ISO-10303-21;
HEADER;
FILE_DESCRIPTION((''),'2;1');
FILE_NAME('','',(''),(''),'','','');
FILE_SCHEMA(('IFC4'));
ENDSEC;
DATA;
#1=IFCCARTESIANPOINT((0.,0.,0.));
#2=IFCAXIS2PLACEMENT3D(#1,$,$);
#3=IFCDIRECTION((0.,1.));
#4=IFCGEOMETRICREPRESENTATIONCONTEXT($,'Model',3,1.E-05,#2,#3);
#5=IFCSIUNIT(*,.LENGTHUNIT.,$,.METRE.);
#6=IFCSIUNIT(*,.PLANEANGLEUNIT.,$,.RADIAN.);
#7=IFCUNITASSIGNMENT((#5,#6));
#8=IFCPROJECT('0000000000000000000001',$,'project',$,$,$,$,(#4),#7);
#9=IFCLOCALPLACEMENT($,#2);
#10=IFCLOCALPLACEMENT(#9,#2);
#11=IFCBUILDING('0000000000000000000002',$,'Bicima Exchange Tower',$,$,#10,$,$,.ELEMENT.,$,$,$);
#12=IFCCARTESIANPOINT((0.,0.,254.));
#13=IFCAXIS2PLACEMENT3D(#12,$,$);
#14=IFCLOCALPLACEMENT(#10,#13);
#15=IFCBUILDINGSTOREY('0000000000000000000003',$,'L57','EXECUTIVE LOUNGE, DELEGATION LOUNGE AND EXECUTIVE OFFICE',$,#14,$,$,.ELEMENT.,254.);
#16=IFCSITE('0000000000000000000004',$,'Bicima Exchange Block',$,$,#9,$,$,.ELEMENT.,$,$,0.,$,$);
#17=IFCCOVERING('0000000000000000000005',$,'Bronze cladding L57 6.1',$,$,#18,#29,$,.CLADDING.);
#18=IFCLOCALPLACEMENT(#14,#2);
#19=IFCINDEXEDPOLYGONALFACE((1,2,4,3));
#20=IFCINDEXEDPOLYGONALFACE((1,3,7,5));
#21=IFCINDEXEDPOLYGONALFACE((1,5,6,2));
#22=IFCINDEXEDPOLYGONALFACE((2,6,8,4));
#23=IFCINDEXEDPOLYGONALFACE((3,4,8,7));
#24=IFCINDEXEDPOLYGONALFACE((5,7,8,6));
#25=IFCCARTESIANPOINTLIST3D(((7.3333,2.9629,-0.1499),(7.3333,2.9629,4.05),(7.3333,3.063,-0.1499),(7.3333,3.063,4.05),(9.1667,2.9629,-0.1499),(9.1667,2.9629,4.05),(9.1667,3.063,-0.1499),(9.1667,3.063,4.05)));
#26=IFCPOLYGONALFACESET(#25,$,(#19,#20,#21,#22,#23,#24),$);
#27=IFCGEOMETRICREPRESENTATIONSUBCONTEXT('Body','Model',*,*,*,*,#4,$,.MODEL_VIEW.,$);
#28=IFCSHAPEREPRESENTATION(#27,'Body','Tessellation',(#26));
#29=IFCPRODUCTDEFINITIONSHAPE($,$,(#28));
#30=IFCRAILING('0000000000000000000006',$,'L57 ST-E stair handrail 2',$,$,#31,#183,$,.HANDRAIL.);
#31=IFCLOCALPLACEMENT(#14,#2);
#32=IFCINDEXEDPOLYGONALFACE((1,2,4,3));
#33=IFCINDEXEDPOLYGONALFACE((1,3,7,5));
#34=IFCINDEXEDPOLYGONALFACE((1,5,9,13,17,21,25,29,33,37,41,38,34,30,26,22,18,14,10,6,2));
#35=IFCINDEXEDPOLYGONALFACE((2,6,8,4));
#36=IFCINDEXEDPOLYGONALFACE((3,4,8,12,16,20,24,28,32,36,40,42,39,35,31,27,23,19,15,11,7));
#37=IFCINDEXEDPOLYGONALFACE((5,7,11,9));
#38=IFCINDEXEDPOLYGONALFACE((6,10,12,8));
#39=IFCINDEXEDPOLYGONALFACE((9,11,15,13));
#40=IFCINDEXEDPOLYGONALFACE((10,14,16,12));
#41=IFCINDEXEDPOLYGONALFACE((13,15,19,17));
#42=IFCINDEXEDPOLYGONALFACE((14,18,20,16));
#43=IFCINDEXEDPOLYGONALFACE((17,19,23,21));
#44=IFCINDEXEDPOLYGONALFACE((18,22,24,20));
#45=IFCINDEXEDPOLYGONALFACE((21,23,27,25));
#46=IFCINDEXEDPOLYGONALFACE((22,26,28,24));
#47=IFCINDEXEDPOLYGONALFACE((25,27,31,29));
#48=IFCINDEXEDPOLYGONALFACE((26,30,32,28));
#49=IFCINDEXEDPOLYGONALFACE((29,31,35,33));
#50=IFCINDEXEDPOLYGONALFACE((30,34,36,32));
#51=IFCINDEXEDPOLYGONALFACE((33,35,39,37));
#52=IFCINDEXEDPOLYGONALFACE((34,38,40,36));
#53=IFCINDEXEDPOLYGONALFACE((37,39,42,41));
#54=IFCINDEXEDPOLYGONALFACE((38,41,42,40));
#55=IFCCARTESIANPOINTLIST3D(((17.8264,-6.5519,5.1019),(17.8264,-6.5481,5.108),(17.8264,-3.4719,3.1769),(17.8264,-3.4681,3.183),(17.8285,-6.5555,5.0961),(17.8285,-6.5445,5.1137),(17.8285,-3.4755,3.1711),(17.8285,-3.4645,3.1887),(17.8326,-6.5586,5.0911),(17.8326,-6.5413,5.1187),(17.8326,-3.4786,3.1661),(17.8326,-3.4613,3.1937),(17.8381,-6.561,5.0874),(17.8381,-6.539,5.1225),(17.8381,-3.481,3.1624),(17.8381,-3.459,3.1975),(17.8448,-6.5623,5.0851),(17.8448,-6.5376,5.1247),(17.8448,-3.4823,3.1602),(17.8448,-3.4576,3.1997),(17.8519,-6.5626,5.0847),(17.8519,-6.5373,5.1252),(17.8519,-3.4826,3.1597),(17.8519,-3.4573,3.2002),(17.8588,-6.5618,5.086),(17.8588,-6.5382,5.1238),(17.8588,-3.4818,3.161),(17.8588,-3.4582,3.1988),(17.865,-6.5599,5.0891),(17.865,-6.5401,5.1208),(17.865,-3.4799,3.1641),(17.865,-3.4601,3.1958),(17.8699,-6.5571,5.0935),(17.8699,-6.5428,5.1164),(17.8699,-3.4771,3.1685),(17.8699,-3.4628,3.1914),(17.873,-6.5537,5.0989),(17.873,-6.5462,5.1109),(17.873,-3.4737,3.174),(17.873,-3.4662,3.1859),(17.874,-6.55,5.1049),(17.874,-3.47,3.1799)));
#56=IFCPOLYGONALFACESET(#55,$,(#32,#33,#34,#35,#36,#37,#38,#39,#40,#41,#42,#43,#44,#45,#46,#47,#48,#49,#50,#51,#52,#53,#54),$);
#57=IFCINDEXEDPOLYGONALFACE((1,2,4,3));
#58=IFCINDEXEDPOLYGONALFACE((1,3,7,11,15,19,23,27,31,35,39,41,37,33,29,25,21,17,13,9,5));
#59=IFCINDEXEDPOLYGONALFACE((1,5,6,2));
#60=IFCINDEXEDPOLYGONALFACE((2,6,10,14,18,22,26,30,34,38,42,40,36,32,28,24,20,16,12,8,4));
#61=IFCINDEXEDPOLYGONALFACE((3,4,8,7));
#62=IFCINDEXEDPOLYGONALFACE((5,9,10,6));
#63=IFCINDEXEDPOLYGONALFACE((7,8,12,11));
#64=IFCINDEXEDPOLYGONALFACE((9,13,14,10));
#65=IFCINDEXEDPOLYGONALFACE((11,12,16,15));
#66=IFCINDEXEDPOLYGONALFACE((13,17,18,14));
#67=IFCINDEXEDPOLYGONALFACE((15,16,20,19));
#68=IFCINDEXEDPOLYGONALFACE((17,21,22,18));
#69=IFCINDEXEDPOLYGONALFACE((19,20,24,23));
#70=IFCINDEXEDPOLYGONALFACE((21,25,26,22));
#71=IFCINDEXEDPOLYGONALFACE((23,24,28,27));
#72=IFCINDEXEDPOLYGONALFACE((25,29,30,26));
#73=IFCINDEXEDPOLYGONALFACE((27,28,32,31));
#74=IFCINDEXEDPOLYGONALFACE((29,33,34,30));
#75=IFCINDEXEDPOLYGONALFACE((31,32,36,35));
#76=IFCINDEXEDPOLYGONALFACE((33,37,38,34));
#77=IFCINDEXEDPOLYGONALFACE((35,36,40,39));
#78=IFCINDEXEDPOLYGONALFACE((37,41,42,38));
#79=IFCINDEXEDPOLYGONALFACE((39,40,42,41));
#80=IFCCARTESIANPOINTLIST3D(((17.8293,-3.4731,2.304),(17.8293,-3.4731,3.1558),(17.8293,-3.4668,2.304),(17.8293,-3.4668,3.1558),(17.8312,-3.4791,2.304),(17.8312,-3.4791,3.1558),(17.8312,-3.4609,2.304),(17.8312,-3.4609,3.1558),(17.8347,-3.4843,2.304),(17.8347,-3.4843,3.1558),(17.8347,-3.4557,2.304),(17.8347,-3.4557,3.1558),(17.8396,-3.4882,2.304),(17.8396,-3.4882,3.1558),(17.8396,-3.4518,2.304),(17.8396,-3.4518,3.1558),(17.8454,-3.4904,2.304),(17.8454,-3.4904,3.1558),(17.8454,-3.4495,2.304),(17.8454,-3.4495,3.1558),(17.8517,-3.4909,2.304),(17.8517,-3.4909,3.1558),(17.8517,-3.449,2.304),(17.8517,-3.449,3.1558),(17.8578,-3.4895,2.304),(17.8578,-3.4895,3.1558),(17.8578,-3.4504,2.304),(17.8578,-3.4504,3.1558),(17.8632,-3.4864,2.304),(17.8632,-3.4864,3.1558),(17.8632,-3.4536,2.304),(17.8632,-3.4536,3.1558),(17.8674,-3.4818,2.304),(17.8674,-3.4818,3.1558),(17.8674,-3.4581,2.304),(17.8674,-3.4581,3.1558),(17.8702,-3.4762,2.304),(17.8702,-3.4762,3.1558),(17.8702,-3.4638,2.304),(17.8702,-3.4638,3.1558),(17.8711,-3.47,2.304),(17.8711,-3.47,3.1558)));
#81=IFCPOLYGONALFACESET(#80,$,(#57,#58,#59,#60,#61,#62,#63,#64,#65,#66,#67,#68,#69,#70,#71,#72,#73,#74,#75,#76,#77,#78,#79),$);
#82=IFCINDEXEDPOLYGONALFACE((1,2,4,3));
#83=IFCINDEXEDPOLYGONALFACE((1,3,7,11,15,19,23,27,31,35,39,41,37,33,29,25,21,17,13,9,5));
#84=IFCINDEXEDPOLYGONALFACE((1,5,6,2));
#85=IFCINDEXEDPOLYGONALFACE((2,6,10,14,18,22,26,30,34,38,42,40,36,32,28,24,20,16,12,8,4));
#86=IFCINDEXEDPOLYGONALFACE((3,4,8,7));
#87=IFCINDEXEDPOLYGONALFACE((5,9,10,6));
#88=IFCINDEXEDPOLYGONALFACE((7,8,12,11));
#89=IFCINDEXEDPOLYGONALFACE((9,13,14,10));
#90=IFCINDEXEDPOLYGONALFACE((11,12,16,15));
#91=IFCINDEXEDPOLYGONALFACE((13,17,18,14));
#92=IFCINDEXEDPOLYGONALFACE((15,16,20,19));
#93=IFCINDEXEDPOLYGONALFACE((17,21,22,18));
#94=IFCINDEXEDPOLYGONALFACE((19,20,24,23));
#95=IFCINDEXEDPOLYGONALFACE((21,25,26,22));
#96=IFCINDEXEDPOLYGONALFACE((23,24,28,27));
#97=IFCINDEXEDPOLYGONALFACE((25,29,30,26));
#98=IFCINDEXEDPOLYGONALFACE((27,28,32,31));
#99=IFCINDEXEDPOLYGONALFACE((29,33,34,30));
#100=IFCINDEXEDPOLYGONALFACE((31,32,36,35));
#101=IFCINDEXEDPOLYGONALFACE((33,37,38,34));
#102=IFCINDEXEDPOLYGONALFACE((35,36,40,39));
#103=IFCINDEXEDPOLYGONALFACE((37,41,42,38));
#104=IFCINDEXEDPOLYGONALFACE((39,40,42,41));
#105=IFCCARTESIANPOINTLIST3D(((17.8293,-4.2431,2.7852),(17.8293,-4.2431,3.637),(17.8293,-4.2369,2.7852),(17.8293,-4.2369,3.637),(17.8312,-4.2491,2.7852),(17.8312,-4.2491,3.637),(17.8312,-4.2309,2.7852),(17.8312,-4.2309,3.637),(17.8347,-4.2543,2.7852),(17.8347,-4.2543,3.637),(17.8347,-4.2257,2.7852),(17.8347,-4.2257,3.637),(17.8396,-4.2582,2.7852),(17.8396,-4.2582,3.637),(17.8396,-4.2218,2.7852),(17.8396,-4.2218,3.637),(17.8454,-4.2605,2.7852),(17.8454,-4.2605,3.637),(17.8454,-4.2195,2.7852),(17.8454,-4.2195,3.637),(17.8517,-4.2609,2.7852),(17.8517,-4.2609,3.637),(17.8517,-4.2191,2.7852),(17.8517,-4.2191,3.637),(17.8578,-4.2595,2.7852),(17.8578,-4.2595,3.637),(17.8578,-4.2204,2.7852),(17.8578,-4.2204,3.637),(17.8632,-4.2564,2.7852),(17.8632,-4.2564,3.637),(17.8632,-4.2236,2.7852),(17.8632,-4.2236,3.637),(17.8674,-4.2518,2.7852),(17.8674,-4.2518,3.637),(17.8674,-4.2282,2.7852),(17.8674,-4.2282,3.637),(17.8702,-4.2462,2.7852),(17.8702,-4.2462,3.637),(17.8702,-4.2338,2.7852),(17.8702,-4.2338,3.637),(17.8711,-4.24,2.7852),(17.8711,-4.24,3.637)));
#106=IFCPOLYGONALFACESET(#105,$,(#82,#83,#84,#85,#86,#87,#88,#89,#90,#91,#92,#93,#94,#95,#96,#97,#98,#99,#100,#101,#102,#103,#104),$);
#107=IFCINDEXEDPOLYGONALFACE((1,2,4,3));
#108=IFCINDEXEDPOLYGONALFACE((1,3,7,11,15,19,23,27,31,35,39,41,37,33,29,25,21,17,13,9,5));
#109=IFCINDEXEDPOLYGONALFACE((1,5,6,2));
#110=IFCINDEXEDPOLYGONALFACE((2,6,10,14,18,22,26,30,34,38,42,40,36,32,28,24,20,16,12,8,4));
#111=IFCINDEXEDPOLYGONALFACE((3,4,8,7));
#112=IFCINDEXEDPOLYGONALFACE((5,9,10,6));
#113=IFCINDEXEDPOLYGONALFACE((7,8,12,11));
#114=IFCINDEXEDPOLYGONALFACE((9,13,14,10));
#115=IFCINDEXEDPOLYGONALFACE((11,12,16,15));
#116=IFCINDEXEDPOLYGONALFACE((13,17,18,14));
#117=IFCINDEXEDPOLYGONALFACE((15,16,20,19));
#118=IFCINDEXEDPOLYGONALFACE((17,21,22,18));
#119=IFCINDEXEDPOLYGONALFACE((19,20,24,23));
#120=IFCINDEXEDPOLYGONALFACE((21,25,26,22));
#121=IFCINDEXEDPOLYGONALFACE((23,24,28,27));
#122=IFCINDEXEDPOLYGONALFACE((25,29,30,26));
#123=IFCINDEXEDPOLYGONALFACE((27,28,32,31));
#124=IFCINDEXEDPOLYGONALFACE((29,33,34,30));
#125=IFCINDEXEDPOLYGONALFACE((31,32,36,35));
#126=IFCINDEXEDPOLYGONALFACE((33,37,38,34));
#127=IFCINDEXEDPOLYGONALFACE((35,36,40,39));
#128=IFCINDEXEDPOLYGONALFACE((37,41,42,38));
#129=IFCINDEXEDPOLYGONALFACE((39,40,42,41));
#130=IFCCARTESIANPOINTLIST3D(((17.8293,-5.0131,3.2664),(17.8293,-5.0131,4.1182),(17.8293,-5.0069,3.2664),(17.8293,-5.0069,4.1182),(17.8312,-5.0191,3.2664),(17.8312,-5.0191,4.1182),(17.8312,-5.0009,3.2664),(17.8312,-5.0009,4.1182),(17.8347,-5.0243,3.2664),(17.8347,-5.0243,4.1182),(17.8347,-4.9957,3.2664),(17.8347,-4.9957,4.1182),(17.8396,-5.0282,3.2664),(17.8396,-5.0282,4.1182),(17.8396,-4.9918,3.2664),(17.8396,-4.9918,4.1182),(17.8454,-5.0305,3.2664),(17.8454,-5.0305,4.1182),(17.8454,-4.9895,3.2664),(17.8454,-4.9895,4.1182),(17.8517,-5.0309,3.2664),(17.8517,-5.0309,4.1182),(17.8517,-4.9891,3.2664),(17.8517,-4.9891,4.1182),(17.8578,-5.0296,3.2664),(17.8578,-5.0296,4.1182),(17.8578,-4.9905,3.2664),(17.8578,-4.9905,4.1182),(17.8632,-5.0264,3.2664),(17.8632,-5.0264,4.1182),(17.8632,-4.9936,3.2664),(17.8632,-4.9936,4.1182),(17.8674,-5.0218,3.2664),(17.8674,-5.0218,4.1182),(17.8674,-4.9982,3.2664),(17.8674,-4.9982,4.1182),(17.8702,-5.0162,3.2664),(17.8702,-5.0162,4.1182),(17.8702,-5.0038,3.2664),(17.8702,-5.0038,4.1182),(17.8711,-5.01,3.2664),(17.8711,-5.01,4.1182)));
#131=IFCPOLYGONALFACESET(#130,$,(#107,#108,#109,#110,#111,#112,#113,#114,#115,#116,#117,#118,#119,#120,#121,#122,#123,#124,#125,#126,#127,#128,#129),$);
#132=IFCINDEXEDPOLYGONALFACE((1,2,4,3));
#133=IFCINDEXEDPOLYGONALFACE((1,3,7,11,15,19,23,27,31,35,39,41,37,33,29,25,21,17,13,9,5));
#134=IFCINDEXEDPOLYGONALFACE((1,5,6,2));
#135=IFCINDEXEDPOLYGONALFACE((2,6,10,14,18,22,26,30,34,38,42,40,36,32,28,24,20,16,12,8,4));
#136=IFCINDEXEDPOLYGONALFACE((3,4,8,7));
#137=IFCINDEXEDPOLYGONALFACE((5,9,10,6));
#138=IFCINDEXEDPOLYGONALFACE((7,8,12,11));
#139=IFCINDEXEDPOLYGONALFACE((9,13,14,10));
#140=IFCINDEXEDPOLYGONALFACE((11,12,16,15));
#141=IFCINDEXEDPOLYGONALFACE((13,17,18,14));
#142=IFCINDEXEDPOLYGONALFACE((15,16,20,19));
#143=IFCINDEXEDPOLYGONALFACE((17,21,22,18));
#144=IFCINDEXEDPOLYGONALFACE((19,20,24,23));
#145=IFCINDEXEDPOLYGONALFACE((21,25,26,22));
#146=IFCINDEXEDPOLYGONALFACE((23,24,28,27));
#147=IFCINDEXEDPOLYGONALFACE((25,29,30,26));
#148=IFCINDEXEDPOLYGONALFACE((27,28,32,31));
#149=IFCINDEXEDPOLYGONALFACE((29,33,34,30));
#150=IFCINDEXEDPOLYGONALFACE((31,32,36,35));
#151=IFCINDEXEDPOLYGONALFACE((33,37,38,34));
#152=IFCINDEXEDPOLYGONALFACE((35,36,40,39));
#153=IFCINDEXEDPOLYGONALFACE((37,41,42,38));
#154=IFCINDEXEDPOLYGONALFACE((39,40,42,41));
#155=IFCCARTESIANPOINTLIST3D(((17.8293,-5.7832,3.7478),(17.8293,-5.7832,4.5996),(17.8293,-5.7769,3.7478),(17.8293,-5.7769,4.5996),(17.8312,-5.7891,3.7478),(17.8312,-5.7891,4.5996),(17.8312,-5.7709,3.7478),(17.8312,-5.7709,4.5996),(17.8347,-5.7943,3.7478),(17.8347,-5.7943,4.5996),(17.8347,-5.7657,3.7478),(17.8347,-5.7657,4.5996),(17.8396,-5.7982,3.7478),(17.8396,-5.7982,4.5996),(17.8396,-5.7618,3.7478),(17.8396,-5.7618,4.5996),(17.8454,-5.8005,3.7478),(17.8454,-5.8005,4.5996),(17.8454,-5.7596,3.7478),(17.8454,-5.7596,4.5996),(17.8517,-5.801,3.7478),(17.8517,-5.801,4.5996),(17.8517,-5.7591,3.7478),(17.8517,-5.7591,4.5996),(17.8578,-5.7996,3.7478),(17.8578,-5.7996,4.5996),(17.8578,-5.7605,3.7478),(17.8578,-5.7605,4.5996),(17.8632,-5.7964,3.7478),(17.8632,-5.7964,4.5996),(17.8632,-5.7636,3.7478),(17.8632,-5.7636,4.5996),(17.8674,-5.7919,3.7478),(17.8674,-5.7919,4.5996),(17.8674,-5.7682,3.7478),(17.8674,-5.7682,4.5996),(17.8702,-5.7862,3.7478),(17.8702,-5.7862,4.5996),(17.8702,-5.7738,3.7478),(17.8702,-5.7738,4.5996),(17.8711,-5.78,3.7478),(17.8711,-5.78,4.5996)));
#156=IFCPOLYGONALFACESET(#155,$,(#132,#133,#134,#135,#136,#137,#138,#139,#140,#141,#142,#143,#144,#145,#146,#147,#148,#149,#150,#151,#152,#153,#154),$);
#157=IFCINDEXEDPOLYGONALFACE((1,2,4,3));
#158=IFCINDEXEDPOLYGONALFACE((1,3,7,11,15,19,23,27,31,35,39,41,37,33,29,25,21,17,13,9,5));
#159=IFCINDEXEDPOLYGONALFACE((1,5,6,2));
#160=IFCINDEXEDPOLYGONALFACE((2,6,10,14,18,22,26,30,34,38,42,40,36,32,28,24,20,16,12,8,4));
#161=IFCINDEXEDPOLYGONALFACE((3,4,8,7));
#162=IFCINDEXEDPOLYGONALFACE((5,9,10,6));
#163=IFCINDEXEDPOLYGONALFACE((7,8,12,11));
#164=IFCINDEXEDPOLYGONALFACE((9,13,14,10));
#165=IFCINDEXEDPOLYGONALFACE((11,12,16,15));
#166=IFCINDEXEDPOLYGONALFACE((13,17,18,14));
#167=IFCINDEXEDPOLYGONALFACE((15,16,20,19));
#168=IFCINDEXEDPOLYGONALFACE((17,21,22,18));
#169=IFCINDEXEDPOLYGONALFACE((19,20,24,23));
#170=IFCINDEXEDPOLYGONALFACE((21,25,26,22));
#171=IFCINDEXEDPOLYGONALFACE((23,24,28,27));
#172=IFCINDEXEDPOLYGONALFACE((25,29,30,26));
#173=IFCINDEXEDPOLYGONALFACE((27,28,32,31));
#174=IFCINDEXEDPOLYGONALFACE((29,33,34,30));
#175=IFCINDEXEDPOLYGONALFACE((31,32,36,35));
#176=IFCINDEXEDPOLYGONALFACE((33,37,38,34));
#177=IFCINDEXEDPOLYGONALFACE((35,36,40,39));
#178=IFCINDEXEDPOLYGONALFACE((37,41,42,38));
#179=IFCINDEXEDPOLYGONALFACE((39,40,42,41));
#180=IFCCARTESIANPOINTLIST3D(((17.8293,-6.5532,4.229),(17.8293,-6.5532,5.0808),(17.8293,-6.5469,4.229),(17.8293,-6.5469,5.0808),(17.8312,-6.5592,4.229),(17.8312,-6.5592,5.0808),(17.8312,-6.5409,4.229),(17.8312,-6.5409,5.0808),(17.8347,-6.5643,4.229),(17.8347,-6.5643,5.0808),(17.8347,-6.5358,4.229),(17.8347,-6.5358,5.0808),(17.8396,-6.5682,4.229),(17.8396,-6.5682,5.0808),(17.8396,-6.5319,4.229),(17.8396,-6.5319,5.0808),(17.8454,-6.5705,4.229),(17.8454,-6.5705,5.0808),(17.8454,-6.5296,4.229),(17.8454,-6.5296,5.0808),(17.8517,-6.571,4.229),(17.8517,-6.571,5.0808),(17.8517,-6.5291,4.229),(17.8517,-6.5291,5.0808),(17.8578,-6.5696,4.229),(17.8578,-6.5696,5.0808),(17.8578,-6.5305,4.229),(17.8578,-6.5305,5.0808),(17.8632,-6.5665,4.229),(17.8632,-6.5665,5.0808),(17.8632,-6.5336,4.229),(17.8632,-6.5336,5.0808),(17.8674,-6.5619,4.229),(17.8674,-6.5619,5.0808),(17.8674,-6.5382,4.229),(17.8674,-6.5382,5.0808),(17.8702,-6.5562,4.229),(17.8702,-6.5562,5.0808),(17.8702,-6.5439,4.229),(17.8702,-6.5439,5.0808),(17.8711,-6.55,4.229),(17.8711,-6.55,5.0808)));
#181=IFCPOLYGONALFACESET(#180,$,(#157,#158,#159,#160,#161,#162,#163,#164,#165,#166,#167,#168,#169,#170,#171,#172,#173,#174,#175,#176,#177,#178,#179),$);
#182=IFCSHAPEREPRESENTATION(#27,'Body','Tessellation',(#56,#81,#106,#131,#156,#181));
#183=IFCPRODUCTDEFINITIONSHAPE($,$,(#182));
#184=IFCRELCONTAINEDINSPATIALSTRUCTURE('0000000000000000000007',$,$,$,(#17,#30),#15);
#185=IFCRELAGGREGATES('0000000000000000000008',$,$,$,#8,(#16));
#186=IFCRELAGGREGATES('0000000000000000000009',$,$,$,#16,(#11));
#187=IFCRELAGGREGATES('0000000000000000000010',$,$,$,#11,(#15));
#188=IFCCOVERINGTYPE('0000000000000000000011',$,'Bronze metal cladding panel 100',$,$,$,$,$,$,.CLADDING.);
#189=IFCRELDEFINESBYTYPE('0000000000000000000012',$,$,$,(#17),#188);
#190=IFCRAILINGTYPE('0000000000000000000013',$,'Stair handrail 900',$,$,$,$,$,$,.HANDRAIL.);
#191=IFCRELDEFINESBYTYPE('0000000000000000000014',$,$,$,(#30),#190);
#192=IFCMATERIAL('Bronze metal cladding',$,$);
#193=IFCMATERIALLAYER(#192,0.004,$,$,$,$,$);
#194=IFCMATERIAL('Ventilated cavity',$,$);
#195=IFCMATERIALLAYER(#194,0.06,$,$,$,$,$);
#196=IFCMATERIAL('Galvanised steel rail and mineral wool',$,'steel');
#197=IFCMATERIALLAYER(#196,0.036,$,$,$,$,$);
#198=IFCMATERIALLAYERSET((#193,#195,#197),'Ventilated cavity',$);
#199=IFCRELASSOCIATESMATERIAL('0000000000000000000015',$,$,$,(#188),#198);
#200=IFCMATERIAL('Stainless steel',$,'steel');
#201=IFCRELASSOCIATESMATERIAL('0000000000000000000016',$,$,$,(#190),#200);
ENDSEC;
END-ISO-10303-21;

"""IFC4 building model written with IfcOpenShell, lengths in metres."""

from ifc_helpers import new_model, si_unit, direction, frame, origin, origin_2d, place, context, subcontext, project, spatial, rectangle, circle, extrude, material, layer, layer_set, type_object, element, save


model = new_model("IFC4")

# Units and contexts
model_context = context("Model", 3, precision=1e-05, world=origin(), true_north=direction((0.0, 1.0)))
body_context = subcontext(model_context, "Body", "Model", "MODEL_VIEW")
ifc_project = project(units=[si_unit("LENGTHUNIT", "METRE"), si_unit("PLANEANGLEUNIT", "RADIAN")], contexts=[model_context])

# Site, building, storey
site_placement = place(None, origin())
site = spatial("IfcSite", under=ifc_project, at=site_placement, Name="Bicima Exchange Block", CompositionType="ELEMENT", RefElevation=0.0)
building_placement = place(site_placement, origin())
building = spatial("IfcBuilding", under=site, at=building_placement, Name="Bicima Exchange Tower", CompositionType="ELEMENT")
storey_placement = place(building_placement, frame((0.0, 0.0, 254.0)))
storey = spatial("IfcBuildingStorey", under=building, at=storey_placement, Name="L57", Description="EXECUTIVE LOUNGE, DELEGATION LOUNGE AND EXECUTIVE OFFICE", CompositionType="ELEMENT", Elevation=254.0)

# Covering
ifc_material_1 = material(Name="Bronze metal cladding")
ifc_layer_1 = layer(ifc_material_1, 0.004)
ifc_material_2 = material(Name="Ventilated cavity")
ifc_layer_2 = layer(ifc_material_2, 0.06)
ifc_material_3 = material(Name="Galvanised steel rail and mineral wool", Category="steel")
ifc_layer_3 = layer(ifc_material_3, 0.036)
ifc_layer_set_1 = layer_set([ifc_layer_1, ifc_layer_2, ifc_layer_3], Name="Ventilated cavity")
covering_type = type_object("IfcCoveringType", Name="Bronze metal cladding panel 100", PredefinedType="CLADDING", material=ifc_layer_set_1)
covering_1_placement = place(storey_placement, frame((8.25, 3.0129, -0.1499), z_axis=(0.0, 0.0, 1.0), x_axis=(-1.0, 0.0, 0.0)))
element("IfcCovering", 1, at=covering_1_placement, inside=storey, type_object=covering_type, Name="Bronze cladding L57 6.1", PredefinedType="CLADDING", context=body_context, shape_type="SweptSolid", body=[
    extrude(rectangle(XDim=1.8335, YDim=0.1001, at=origin_2d()), origin(), (0.0, 0.0, 1.0), 4.2),
])

# Railing
ifc_material_4 = material(Name="Stainless steel", Category="steel")
railing_type = type_object("IfcRailingType", Name="Stair handrail 900", PredefinedType="HANDRAIL", material=ifc_material_4)
railing_placement = place(storey_placement, frame((17.8501, -3.47, 2.304)))
element("IfcRailing", 2, at=railing_placement, inside=storey, type_object=railing_type, Name="L57 ST-E stair handrail 2", PredefinedType="HANDRAIL", context=body_context, shape_type="SweptSolid", body=[
    extrude(circle(Radius=0.0239, at=origin_2d()), frame((0.0, 0.0, 0.876), z_axis=(0.0, -0.847998, 0.529999), x_axis=(1.0, 0.0, 0.0)), (0.0, 0.0, 1.0), 3.6321),
    extrude(circle(Radius=0.021, at=origin_2d()), origin(), (0.0, 0.0, 1.0), 0.8518),
    extrude(circle(Radius=0.021, at=origin_2d()), frame((0.0, -0.77, 0.4812)), (0.0, 0.0, 1.0), 0.8518),
    extrude(circle(Radius=0.021, at=origin_2d()), frame((0.0, -1.54, 0.9624)), (0.0, 0.0, 1.0), 0.8518),
    extrude(circle(Radius=0.021, at=origin_2d()), frame((0.0, -2.3101, 1.4438)), (0.0, 0.0, 1.0), 0.8518),
    extrude(circle(Radius=0.021, at=origin_2d()), frame((0.0, -3.0801, 1.925)), (0.0, 0.0, 1.0), 0.8518),
])

save(model, "model.ifc")
